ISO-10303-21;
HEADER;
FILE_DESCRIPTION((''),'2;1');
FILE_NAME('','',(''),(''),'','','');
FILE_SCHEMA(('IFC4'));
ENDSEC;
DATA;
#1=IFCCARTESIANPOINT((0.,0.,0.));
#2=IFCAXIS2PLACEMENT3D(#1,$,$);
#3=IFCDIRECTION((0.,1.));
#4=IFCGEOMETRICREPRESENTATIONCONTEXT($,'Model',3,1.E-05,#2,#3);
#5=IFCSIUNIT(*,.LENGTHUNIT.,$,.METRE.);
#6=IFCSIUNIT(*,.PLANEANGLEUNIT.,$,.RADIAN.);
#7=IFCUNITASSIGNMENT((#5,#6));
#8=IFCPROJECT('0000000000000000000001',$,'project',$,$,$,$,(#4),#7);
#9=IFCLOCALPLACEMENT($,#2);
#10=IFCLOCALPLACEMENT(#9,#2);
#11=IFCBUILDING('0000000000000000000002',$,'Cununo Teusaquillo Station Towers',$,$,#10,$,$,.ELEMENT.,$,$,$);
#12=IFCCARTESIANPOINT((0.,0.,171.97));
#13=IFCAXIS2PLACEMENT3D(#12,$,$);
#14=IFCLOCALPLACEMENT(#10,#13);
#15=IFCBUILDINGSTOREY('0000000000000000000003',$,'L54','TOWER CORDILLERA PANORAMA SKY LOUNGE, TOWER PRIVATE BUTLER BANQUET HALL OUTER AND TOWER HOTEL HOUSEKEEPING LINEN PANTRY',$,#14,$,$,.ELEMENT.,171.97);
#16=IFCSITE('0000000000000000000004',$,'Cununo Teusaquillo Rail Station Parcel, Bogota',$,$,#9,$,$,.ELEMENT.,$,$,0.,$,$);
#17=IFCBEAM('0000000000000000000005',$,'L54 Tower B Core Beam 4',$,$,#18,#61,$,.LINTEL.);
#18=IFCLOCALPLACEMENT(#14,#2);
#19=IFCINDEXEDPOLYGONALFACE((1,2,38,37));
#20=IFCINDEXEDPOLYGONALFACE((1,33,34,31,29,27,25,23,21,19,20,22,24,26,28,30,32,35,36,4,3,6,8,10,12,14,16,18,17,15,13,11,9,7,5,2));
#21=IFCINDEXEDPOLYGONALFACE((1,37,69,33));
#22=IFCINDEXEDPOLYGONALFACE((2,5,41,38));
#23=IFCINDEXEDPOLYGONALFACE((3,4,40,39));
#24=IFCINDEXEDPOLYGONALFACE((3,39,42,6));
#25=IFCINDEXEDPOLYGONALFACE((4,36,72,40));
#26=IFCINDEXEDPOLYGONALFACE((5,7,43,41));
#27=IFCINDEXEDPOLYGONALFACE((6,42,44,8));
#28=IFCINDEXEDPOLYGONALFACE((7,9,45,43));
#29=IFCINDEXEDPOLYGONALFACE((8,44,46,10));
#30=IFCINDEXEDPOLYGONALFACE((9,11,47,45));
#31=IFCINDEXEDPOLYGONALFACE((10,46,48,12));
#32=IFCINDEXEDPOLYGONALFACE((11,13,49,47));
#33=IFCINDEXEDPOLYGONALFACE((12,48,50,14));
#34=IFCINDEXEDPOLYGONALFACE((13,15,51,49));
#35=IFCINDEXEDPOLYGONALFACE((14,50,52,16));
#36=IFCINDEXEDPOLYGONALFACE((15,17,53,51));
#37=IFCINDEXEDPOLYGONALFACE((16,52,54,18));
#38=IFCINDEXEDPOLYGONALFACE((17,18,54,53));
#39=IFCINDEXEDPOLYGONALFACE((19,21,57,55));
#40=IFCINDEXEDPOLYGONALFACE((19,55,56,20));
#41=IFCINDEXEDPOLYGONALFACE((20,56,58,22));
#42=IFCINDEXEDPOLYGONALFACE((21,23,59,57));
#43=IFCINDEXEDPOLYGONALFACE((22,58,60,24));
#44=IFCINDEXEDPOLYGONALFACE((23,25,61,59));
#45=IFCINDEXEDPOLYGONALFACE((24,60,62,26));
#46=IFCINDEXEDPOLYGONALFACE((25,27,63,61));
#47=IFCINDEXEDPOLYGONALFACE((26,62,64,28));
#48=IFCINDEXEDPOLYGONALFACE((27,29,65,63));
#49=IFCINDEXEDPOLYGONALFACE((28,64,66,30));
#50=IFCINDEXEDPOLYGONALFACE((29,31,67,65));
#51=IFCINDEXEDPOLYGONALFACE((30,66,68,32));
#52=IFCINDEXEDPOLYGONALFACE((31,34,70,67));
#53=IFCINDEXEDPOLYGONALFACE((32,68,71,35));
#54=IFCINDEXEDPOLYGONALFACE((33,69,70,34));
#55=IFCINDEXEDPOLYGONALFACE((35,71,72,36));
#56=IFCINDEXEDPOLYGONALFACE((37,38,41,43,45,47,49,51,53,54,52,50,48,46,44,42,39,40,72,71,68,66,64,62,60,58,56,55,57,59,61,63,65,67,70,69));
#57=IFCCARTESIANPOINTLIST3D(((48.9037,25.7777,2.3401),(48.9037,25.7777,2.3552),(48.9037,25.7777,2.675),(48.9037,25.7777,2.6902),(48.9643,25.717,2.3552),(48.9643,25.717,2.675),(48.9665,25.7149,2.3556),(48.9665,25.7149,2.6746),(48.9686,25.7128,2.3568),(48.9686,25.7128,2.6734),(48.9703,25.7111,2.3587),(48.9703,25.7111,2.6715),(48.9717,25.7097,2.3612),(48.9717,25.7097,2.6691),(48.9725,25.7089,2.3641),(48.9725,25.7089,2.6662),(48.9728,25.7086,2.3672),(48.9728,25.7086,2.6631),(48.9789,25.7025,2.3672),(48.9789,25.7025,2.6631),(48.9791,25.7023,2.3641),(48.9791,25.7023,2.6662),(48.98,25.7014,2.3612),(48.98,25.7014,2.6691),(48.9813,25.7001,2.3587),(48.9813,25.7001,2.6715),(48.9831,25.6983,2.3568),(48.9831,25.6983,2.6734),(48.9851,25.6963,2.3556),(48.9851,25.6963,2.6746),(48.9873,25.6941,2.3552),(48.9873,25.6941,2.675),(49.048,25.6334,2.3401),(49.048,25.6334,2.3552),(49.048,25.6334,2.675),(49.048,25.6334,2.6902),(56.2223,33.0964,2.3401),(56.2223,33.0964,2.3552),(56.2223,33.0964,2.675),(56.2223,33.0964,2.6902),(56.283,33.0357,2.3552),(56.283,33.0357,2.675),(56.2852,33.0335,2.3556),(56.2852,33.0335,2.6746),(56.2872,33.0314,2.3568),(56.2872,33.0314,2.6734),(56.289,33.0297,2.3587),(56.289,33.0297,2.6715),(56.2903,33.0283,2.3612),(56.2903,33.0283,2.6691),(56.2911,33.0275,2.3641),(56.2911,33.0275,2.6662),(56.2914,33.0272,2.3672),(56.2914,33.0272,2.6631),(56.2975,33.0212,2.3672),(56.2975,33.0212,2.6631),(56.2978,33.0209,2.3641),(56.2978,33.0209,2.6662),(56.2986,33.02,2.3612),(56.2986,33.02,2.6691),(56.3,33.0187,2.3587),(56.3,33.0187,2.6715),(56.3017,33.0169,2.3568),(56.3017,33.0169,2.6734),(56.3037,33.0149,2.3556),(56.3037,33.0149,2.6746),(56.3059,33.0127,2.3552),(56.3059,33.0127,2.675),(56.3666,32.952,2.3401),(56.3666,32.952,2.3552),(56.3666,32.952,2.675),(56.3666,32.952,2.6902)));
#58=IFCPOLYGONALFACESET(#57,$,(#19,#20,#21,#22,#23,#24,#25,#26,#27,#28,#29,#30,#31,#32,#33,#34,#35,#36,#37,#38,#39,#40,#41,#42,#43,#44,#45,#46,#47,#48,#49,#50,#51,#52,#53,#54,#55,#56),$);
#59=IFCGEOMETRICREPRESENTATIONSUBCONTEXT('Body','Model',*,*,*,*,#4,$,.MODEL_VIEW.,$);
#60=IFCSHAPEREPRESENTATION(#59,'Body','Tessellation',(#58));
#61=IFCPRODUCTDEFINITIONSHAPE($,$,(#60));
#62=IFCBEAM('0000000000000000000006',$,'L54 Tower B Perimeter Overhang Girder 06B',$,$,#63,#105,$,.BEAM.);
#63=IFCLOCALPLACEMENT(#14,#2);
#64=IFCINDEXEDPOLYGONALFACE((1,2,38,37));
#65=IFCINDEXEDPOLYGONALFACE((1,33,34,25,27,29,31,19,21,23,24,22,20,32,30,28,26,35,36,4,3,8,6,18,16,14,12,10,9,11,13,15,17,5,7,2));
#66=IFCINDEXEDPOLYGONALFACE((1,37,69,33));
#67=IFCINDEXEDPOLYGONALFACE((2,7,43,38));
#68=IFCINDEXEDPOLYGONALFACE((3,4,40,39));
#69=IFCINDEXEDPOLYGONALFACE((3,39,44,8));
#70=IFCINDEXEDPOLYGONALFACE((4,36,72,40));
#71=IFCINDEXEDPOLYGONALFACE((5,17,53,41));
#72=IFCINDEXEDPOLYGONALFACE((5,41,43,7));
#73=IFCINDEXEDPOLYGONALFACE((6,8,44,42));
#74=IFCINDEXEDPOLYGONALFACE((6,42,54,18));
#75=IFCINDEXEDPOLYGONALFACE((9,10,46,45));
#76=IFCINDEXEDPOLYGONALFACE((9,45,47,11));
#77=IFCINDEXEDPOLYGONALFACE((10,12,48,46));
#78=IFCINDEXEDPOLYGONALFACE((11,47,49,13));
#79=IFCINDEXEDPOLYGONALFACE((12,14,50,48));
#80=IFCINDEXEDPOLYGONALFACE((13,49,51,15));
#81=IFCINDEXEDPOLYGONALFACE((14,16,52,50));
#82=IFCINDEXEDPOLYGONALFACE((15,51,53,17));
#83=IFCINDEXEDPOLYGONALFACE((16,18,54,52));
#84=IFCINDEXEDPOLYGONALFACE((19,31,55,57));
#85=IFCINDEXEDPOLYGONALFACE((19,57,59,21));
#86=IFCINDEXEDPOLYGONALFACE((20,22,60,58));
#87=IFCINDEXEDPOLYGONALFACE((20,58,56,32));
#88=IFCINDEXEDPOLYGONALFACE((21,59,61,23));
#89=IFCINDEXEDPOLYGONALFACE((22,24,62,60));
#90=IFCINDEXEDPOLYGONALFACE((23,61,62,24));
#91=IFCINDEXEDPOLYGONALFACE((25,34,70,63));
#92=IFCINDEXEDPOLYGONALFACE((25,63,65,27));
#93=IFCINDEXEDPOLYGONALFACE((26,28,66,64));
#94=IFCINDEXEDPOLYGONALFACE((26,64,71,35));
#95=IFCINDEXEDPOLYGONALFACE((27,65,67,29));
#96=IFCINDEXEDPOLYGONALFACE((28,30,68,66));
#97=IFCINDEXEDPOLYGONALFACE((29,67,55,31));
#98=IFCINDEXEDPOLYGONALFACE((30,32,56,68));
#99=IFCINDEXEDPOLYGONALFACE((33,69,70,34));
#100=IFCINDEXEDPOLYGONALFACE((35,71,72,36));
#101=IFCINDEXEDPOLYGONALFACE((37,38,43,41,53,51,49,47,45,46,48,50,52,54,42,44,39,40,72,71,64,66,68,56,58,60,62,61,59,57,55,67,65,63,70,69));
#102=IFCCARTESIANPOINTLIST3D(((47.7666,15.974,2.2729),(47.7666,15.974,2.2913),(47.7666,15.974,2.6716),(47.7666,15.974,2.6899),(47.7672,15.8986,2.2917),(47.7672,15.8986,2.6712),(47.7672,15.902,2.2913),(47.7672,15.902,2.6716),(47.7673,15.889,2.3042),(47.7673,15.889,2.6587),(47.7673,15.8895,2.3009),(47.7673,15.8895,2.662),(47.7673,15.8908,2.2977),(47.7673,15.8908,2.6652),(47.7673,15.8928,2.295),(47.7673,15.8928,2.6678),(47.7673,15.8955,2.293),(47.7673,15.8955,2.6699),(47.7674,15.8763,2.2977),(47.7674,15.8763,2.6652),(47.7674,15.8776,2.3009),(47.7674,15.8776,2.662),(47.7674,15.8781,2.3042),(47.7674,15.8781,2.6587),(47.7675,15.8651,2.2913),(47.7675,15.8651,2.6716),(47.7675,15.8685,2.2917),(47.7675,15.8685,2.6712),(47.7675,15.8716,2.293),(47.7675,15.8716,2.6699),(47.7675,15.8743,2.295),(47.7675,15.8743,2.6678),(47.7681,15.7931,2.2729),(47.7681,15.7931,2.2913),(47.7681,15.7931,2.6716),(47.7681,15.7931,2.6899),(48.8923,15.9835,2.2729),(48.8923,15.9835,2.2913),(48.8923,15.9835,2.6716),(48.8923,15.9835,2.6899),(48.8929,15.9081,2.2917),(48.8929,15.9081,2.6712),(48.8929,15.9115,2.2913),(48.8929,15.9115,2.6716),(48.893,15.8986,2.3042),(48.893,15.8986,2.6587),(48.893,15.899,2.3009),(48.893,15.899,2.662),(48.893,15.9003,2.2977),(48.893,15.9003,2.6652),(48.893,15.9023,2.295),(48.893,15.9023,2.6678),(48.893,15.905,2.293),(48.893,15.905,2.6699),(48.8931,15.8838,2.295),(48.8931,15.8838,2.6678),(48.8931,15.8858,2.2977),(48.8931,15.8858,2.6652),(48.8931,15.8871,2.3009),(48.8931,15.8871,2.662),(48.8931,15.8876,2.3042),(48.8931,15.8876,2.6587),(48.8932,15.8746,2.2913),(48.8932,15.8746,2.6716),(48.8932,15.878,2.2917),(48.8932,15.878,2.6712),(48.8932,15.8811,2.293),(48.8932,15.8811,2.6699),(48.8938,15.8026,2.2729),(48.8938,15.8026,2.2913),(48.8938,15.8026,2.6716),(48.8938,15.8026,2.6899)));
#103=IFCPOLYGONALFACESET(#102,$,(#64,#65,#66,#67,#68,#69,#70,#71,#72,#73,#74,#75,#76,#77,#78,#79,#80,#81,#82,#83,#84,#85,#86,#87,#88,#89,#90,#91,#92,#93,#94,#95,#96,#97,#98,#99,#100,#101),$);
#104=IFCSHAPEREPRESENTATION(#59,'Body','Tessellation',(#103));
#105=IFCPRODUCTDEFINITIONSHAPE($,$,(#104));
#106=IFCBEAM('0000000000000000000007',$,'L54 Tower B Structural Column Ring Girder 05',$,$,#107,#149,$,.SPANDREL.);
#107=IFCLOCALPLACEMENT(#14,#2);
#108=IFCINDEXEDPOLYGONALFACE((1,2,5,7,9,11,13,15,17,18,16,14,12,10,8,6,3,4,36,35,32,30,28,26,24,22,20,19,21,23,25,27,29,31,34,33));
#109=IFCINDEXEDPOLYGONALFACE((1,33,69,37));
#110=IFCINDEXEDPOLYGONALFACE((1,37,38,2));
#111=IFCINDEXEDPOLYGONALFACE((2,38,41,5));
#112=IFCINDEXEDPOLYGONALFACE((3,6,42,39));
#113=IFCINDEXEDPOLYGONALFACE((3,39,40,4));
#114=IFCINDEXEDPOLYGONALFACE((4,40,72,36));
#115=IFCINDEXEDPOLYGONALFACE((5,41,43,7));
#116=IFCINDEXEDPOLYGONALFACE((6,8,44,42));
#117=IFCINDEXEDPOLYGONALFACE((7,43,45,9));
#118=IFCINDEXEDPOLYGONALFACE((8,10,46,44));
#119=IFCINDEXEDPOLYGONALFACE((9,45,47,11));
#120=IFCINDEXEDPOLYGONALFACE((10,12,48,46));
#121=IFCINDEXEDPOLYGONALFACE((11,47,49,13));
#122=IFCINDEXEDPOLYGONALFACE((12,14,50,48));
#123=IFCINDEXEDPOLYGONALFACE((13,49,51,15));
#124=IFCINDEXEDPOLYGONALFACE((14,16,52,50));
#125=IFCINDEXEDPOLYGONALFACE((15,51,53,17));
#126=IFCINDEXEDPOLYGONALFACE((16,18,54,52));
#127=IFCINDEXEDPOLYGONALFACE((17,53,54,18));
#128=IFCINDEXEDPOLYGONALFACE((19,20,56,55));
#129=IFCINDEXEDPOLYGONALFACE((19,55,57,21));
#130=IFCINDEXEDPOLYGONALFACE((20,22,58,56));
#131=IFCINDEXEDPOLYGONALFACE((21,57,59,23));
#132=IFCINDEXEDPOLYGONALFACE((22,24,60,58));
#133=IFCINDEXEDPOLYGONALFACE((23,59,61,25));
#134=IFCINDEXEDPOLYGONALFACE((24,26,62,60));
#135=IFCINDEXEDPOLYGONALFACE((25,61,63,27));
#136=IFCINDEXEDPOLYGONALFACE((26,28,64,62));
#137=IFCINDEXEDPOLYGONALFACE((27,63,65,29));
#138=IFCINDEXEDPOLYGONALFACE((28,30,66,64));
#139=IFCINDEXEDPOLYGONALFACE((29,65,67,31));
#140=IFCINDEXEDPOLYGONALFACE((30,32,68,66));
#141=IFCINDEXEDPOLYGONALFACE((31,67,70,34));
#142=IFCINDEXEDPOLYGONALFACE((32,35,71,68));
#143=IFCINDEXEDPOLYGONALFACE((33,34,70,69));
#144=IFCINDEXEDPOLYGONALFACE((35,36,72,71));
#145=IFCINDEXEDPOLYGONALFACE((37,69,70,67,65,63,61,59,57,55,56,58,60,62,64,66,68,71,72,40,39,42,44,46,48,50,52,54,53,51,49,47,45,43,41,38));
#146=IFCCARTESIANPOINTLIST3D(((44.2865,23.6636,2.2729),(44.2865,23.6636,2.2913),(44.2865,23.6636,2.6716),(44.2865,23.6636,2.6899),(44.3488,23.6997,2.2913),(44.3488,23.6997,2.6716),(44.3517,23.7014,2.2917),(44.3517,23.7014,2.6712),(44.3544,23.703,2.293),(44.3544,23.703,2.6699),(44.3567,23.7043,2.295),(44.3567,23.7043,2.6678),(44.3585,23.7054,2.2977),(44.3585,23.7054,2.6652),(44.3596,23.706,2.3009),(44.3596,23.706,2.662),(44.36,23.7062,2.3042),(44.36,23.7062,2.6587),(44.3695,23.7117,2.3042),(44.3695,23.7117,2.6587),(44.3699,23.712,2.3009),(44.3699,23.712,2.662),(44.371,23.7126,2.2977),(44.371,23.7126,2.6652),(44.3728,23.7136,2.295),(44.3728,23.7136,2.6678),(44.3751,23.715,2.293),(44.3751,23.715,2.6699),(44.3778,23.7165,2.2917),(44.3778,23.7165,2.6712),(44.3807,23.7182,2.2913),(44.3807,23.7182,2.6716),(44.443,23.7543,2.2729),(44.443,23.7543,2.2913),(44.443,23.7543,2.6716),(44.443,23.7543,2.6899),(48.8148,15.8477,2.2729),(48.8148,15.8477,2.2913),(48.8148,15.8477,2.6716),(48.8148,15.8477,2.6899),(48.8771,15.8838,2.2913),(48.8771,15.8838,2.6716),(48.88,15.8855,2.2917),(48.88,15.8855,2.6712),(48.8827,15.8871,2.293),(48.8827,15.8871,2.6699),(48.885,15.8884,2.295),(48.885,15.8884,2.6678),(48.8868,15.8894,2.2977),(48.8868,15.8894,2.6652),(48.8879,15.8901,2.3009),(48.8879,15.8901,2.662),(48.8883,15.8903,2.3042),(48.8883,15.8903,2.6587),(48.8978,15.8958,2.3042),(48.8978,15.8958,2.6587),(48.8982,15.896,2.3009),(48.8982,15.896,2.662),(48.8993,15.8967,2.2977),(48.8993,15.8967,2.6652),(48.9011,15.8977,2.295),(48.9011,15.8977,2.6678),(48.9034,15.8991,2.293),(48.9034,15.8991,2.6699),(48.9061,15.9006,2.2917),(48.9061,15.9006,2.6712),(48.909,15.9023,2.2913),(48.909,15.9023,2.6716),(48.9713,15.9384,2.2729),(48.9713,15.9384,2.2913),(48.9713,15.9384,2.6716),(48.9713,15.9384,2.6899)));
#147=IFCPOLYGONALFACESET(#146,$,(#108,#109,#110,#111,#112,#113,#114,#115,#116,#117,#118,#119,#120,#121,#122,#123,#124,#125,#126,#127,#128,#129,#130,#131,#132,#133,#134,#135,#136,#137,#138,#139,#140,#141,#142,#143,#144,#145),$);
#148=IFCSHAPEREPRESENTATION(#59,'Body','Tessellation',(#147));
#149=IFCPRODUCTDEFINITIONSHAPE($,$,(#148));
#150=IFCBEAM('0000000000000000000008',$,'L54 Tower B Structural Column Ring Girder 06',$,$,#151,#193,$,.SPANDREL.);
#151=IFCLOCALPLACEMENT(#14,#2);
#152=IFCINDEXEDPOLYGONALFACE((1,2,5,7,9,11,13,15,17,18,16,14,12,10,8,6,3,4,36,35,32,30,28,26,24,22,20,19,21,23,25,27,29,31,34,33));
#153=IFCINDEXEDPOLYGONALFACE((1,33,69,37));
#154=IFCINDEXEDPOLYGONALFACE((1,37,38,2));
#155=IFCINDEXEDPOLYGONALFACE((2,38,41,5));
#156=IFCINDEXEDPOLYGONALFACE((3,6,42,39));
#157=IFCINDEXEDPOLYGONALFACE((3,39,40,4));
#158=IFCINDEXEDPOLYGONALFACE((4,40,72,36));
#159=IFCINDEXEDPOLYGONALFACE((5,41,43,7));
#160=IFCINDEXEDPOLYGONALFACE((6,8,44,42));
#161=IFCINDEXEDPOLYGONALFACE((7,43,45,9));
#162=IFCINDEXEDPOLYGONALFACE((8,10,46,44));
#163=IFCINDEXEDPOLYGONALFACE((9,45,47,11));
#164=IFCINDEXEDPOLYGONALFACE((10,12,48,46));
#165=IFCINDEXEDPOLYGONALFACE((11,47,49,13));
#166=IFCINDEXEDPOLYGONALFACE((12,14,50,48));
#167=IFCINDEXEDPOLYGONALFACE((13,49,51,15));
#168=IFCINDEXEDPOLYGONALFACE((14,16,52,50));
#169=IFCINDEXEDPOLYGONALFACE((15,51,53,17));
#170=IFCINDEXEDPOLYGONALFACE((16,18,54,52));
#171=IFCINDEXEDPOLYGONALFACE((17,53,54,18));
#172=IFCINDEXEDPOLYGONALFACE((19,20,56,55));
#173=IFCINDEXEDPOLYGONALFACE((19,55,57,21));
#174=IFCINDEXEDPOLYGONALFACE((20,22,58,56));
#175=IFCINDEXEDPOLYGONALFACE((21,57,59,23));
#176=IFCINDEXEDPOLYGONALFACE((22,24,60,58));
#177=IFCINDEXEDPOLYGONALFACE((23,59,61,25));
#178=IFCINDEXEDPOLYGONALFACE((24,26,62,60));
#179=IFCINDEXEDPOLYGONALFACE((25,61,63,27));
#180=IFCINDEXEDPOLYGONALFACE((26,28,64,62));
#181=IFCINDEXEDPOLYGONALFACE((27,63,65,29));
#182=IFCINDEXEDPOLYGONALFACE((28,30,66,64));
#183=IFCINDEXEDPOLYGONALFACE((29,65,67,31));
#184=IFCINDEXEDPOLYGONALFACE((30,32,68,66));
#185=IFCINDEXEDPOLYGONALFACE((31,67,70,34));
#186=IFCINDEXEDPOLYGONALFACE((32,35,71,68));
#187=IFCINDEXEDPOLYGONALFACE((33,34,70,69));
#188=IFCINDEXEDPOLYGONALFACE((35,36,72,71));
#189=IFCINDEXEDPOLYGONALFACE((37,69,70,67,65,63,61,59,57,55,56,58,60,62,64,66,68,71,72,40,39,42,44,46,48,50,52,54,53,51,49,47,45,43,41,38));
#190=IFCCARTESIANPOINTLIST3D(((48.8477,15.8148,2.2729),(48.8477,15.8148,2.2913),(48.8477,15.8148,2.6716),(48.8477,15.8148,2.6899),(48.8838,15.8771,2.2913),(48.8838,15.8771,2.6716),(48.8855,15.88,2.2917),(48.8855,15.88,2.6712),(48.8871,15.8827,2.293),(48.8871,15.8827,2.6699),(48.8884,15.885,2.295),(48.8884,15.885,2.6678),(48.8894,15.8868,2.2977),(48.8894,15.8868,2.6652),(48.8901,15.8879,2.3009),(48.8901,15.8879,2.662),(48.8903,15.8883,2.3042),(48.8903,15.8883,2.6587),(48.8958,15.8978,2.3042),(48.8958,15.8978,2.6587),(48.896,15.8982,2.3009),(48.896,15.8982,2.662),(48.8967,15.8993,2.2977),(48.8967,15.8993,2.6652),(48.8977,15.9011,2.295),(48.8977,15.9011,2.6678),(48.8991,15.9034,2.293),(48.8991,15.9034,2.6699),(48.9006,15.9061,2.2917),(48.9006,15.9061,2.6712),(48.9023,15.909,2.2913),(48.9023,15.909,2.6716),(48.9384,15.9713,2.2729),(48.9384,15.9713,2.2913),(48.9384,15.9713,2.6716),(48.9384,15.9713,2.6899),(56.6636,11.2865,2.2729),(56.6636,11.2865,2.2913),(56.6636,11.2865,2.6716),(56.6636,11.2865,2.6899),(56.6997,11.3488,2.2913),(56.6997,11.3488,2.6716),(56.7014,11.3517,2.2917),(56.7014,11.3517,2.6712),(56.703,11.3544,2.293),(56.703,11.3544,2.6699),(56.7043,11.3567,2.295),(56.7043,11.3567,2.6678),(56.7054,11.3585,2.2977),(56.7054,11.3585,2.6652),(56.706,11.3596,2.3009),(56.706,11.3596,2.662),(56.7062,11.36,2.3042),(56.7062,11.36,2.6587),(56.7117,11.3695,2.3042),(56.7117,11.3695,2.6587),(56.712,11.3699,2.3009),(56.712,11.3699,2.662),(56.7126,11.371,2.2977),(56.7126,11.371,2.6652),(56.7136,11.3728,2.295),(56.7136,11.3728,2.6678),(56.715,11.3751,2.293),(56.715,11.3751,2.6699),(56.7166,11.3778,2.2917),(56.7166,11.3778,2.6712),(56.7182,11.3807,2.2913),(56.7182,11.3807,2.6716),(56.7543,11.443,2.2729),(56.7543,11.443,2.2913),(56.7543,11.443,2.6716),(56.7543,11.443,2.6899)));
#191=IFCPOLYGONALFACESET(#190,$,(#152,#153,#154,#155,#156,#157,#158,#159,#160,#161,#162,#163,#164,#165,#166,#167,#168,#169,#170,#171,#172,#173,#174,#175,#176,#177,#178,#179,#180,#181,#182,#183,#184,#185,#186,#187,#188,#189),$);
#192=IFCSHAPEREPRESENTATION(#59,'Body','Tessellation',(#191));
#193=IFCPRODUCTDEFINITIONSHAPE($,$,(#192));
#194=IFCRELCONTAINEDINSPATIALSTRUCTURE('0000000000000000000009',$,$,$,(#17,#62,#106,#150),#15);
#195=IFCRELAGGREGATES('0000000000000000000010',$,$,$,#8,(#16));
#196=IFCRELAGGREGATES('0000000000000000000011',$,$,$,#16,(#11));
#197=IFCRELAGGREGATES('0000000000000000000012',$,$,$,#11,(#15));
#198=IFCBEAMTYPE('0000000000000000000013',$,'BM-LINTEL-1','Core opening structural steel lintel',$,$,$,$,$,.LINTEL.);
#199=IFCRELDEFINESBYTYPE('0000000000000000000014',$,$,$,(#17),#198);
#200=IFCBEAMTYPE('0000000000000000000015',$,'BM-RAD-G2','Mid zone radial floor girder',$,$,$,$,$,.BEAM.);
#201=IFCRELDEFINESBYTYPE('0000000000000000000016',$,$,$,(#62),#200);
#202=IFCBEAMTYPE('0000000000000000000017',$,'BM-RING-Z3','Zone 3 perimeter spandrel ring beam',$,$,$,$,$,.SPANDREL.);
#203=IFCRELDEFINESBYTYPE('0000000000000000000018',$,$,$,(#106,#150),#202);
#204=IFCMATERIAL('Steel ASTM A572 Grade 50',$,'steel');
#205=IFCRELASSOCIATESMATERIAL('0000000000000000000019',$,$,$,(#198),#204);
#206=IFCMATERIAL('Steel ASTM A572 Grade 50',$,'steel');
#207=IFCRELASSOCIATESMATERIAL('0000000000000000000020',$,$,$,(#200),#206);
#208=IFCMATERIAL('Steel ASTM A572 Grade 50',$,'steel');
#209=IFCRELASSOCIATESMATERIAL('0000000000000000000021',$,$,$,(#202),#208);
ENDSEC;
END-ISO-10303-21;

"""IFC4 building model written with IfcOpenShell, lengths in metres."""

from ifc_helpers import new_model, si_unit, direction, frame, origin, origin_2d, place, context, subcontext, project, spatial, i_section, extrude, material, material_profile, profile_set, type_object, element, save


model = new_model("IFC4")

# Units and contexts
model_context = context("Model", 3, precision=1e-05, world=origin(), true_north=direction((0.0, 1.0)))
body_context = subcontext(model_context, "Body", "Model", "MODEL_VIEW")
ifc_project = project(units=[si_unit("LENGTHUNIT", "METRE"), si_unit("PLANEANGLEUNIT", "RADIAN")], contexts=[model_context])

# Site, building, storey
site_placement = place(None, origin())
site = spatial("IfcSite", under=ifc_project, at=site_placement, Name="Cununo Teusaquillo Rail Station Parcel, Bogota", CompositionType="ELEMENT", RefElevation=0.0)
building_placement = place(site_placement, origin())
building = spatial("IfcBuilding", under=site, at=building_placement, Name="Cununo Teusaquillo Station Towers", CompositionType="ELEMENT")
storey_placement = place(building_placement, frame((0.0, 0.0, 171.97)))
storey = spatial("IfcBuildingStorey", under=building, at=storey_placement, Name="L54", Description="TOWER CORDILLERA PANORAMA SKY LOUNGE, TOWER PRIVATE BUTLER BANQUET HALL OUTER AND TOWER HOTEL HOUSEKEEPING LINEN PANTRY", CompositionType="ELEMENT", Elevation=171.97)

# Beams
ifc_material_1 = material(Name="Steel ASTM A572 Grade 50", Category="steel")
ifc_material_profile_1 = material_profile(ifc_material_1, i_section(OverallWidth=0.2041, OverallDepth=0.3501, WebThickness=0.0085, FlangeThickness=0.0151, FilletRadius=0.012, at=origin_2d()), Name="W14X48")
ifc_profile_set_1 = profile_set([ifc_material_profile_1], Name="Steel ASTM A572 Grade 50")
beam_type_1 = type_object("IfcBeamType", Name="BM-LINTEL-1", Description="Core opening structural steel lintel", PredefinedType="LINTEL", material=ifc_profile_set_1)
beam_1_placement = place(storey_placement, frame((48.9758, 25.7056, 2.5151), z_axis=(0.707107, 0.707107, 0.0), x_axis=(-0.707107, 0.707107, 0.0)))
element("IfcBeam", 1, at=beam_1_placement, inside=storey, type_object=beam_type_1, Name="L54 Tower B Core Beam 4", PredefinedType="LINTEL", context=body_context, shape_type="SweptSolid", body=[
    extrude(i_section(OverallWidth=0.2041, OverallDepth=0.3501, WebThickness=0.0085, FlangeThickness=0.0151, FilletRadius=0.012, at=origin_2d()), origin(), (0.0, 0.0, 1.0), 10.3501),
])
ifc_material_2 = material(Name="Steel ASTM A572 Grade 50", Category="steel")
ifc_material_profile_2 = material_profile(ifc_material_2, i_section(OverallWidth=0.1809, OverallDepth=0.417, WebThickness=0.011, FlangeThickness=0.0183, FilletRadius=0.0129, at=origin_2d()), Name="W16X57")
ifc_profile_set_2 = profile_set([ifc_material_profile_2], Name="Steel ASTM A572 Grade 50")
beam_type_2 = type_object("IfcBeamType", Name="BM-RAD-G2", Description="Mid zone radial floor girder", PredefinedType="BEAM", material=ifc_profile_set_2)
beam_2_placement = place(storey_placement, frame((48.8931, 15.8931, 2.4814), z_axis=(-0.999964, -0.008458, 0.0), x_axis=(0.008458, -0.999964, 0.0)))
element("IfcBeam", 2, at=beam_2_placement, inside=storey, type_object=beam_type_2, Name="L54 Tower B Perimeter Overhang Girder 06B", PredefinedType="BEAM", context=body_context, shape_type="SweptSolid", body=[
    extrude(i_section(OverallWidth=0.1809, OverallDepth=0.417, WebThickness=0.011, FlangeThickness=0.0183, FilletRadius=0.0129, at=origin_2d()), origin(), (0.0, 0.0, 1.0), 1.1257),
])
ifc_material_3 = material(Name="Steel ASTM A572 Grade 50", Category="steel")
ifc_material_profile_3 = material_profile(ifc_material_3, i_section(OverallWidth=0.1809, OverallDepth=0.417, WebThickness=0.011, FlangeThickness=0.0183, FilletRadius=0.0129, at=origin_2d()), Name="W16X57")
ifc_profile_set_3 = profile_set([ifc_material_profile_3], Name="Steel ASTM A572 Grade 50")
beam_type_3 = type_object("IfcBeamType", Name="BM-RING-Z3", Description="Zone 3 perimeter spandrel ring beam", PredefinedType="SPANDREL", material=ifc_profile_set_3)
for number, where, z_axis, x_axis, name in (
    (3, (44.3647, 23.709, 2.4814), (0.501311, -0.865267, 0.0), (0.865267, 0.501311, 0.0), "L54 Tower B Structural Column Ring Girder 05"),
    (4, (48.8931, 15.8931, 2.4814), (0.865267, -0.501311, 0.0), (0.501311, 0.865267, 0.0), "L54 Tower B Structural Column Ring Girder 06"),
):
    element("IfcBeam", number, at=place(storey_placement, frame(where, z_axis=z_axis, x_axis=x_axis)), inside=storey, type_object=beam_type_3, Name=name, PredefinedType="SPANDREL", context=body_context, shape_type="SweptSolid", body=[
        extrude(i_section(OverallWidth=0.1809, OverallDepth=0.417, WebThickness=0.011, FlangeThickness=0.0183, FilletRadius=0.0129, at=origin_2d()), origin(), (0.0, 0.0, 1.0), 9.033),
    ])

save(model, "model.ifc")
